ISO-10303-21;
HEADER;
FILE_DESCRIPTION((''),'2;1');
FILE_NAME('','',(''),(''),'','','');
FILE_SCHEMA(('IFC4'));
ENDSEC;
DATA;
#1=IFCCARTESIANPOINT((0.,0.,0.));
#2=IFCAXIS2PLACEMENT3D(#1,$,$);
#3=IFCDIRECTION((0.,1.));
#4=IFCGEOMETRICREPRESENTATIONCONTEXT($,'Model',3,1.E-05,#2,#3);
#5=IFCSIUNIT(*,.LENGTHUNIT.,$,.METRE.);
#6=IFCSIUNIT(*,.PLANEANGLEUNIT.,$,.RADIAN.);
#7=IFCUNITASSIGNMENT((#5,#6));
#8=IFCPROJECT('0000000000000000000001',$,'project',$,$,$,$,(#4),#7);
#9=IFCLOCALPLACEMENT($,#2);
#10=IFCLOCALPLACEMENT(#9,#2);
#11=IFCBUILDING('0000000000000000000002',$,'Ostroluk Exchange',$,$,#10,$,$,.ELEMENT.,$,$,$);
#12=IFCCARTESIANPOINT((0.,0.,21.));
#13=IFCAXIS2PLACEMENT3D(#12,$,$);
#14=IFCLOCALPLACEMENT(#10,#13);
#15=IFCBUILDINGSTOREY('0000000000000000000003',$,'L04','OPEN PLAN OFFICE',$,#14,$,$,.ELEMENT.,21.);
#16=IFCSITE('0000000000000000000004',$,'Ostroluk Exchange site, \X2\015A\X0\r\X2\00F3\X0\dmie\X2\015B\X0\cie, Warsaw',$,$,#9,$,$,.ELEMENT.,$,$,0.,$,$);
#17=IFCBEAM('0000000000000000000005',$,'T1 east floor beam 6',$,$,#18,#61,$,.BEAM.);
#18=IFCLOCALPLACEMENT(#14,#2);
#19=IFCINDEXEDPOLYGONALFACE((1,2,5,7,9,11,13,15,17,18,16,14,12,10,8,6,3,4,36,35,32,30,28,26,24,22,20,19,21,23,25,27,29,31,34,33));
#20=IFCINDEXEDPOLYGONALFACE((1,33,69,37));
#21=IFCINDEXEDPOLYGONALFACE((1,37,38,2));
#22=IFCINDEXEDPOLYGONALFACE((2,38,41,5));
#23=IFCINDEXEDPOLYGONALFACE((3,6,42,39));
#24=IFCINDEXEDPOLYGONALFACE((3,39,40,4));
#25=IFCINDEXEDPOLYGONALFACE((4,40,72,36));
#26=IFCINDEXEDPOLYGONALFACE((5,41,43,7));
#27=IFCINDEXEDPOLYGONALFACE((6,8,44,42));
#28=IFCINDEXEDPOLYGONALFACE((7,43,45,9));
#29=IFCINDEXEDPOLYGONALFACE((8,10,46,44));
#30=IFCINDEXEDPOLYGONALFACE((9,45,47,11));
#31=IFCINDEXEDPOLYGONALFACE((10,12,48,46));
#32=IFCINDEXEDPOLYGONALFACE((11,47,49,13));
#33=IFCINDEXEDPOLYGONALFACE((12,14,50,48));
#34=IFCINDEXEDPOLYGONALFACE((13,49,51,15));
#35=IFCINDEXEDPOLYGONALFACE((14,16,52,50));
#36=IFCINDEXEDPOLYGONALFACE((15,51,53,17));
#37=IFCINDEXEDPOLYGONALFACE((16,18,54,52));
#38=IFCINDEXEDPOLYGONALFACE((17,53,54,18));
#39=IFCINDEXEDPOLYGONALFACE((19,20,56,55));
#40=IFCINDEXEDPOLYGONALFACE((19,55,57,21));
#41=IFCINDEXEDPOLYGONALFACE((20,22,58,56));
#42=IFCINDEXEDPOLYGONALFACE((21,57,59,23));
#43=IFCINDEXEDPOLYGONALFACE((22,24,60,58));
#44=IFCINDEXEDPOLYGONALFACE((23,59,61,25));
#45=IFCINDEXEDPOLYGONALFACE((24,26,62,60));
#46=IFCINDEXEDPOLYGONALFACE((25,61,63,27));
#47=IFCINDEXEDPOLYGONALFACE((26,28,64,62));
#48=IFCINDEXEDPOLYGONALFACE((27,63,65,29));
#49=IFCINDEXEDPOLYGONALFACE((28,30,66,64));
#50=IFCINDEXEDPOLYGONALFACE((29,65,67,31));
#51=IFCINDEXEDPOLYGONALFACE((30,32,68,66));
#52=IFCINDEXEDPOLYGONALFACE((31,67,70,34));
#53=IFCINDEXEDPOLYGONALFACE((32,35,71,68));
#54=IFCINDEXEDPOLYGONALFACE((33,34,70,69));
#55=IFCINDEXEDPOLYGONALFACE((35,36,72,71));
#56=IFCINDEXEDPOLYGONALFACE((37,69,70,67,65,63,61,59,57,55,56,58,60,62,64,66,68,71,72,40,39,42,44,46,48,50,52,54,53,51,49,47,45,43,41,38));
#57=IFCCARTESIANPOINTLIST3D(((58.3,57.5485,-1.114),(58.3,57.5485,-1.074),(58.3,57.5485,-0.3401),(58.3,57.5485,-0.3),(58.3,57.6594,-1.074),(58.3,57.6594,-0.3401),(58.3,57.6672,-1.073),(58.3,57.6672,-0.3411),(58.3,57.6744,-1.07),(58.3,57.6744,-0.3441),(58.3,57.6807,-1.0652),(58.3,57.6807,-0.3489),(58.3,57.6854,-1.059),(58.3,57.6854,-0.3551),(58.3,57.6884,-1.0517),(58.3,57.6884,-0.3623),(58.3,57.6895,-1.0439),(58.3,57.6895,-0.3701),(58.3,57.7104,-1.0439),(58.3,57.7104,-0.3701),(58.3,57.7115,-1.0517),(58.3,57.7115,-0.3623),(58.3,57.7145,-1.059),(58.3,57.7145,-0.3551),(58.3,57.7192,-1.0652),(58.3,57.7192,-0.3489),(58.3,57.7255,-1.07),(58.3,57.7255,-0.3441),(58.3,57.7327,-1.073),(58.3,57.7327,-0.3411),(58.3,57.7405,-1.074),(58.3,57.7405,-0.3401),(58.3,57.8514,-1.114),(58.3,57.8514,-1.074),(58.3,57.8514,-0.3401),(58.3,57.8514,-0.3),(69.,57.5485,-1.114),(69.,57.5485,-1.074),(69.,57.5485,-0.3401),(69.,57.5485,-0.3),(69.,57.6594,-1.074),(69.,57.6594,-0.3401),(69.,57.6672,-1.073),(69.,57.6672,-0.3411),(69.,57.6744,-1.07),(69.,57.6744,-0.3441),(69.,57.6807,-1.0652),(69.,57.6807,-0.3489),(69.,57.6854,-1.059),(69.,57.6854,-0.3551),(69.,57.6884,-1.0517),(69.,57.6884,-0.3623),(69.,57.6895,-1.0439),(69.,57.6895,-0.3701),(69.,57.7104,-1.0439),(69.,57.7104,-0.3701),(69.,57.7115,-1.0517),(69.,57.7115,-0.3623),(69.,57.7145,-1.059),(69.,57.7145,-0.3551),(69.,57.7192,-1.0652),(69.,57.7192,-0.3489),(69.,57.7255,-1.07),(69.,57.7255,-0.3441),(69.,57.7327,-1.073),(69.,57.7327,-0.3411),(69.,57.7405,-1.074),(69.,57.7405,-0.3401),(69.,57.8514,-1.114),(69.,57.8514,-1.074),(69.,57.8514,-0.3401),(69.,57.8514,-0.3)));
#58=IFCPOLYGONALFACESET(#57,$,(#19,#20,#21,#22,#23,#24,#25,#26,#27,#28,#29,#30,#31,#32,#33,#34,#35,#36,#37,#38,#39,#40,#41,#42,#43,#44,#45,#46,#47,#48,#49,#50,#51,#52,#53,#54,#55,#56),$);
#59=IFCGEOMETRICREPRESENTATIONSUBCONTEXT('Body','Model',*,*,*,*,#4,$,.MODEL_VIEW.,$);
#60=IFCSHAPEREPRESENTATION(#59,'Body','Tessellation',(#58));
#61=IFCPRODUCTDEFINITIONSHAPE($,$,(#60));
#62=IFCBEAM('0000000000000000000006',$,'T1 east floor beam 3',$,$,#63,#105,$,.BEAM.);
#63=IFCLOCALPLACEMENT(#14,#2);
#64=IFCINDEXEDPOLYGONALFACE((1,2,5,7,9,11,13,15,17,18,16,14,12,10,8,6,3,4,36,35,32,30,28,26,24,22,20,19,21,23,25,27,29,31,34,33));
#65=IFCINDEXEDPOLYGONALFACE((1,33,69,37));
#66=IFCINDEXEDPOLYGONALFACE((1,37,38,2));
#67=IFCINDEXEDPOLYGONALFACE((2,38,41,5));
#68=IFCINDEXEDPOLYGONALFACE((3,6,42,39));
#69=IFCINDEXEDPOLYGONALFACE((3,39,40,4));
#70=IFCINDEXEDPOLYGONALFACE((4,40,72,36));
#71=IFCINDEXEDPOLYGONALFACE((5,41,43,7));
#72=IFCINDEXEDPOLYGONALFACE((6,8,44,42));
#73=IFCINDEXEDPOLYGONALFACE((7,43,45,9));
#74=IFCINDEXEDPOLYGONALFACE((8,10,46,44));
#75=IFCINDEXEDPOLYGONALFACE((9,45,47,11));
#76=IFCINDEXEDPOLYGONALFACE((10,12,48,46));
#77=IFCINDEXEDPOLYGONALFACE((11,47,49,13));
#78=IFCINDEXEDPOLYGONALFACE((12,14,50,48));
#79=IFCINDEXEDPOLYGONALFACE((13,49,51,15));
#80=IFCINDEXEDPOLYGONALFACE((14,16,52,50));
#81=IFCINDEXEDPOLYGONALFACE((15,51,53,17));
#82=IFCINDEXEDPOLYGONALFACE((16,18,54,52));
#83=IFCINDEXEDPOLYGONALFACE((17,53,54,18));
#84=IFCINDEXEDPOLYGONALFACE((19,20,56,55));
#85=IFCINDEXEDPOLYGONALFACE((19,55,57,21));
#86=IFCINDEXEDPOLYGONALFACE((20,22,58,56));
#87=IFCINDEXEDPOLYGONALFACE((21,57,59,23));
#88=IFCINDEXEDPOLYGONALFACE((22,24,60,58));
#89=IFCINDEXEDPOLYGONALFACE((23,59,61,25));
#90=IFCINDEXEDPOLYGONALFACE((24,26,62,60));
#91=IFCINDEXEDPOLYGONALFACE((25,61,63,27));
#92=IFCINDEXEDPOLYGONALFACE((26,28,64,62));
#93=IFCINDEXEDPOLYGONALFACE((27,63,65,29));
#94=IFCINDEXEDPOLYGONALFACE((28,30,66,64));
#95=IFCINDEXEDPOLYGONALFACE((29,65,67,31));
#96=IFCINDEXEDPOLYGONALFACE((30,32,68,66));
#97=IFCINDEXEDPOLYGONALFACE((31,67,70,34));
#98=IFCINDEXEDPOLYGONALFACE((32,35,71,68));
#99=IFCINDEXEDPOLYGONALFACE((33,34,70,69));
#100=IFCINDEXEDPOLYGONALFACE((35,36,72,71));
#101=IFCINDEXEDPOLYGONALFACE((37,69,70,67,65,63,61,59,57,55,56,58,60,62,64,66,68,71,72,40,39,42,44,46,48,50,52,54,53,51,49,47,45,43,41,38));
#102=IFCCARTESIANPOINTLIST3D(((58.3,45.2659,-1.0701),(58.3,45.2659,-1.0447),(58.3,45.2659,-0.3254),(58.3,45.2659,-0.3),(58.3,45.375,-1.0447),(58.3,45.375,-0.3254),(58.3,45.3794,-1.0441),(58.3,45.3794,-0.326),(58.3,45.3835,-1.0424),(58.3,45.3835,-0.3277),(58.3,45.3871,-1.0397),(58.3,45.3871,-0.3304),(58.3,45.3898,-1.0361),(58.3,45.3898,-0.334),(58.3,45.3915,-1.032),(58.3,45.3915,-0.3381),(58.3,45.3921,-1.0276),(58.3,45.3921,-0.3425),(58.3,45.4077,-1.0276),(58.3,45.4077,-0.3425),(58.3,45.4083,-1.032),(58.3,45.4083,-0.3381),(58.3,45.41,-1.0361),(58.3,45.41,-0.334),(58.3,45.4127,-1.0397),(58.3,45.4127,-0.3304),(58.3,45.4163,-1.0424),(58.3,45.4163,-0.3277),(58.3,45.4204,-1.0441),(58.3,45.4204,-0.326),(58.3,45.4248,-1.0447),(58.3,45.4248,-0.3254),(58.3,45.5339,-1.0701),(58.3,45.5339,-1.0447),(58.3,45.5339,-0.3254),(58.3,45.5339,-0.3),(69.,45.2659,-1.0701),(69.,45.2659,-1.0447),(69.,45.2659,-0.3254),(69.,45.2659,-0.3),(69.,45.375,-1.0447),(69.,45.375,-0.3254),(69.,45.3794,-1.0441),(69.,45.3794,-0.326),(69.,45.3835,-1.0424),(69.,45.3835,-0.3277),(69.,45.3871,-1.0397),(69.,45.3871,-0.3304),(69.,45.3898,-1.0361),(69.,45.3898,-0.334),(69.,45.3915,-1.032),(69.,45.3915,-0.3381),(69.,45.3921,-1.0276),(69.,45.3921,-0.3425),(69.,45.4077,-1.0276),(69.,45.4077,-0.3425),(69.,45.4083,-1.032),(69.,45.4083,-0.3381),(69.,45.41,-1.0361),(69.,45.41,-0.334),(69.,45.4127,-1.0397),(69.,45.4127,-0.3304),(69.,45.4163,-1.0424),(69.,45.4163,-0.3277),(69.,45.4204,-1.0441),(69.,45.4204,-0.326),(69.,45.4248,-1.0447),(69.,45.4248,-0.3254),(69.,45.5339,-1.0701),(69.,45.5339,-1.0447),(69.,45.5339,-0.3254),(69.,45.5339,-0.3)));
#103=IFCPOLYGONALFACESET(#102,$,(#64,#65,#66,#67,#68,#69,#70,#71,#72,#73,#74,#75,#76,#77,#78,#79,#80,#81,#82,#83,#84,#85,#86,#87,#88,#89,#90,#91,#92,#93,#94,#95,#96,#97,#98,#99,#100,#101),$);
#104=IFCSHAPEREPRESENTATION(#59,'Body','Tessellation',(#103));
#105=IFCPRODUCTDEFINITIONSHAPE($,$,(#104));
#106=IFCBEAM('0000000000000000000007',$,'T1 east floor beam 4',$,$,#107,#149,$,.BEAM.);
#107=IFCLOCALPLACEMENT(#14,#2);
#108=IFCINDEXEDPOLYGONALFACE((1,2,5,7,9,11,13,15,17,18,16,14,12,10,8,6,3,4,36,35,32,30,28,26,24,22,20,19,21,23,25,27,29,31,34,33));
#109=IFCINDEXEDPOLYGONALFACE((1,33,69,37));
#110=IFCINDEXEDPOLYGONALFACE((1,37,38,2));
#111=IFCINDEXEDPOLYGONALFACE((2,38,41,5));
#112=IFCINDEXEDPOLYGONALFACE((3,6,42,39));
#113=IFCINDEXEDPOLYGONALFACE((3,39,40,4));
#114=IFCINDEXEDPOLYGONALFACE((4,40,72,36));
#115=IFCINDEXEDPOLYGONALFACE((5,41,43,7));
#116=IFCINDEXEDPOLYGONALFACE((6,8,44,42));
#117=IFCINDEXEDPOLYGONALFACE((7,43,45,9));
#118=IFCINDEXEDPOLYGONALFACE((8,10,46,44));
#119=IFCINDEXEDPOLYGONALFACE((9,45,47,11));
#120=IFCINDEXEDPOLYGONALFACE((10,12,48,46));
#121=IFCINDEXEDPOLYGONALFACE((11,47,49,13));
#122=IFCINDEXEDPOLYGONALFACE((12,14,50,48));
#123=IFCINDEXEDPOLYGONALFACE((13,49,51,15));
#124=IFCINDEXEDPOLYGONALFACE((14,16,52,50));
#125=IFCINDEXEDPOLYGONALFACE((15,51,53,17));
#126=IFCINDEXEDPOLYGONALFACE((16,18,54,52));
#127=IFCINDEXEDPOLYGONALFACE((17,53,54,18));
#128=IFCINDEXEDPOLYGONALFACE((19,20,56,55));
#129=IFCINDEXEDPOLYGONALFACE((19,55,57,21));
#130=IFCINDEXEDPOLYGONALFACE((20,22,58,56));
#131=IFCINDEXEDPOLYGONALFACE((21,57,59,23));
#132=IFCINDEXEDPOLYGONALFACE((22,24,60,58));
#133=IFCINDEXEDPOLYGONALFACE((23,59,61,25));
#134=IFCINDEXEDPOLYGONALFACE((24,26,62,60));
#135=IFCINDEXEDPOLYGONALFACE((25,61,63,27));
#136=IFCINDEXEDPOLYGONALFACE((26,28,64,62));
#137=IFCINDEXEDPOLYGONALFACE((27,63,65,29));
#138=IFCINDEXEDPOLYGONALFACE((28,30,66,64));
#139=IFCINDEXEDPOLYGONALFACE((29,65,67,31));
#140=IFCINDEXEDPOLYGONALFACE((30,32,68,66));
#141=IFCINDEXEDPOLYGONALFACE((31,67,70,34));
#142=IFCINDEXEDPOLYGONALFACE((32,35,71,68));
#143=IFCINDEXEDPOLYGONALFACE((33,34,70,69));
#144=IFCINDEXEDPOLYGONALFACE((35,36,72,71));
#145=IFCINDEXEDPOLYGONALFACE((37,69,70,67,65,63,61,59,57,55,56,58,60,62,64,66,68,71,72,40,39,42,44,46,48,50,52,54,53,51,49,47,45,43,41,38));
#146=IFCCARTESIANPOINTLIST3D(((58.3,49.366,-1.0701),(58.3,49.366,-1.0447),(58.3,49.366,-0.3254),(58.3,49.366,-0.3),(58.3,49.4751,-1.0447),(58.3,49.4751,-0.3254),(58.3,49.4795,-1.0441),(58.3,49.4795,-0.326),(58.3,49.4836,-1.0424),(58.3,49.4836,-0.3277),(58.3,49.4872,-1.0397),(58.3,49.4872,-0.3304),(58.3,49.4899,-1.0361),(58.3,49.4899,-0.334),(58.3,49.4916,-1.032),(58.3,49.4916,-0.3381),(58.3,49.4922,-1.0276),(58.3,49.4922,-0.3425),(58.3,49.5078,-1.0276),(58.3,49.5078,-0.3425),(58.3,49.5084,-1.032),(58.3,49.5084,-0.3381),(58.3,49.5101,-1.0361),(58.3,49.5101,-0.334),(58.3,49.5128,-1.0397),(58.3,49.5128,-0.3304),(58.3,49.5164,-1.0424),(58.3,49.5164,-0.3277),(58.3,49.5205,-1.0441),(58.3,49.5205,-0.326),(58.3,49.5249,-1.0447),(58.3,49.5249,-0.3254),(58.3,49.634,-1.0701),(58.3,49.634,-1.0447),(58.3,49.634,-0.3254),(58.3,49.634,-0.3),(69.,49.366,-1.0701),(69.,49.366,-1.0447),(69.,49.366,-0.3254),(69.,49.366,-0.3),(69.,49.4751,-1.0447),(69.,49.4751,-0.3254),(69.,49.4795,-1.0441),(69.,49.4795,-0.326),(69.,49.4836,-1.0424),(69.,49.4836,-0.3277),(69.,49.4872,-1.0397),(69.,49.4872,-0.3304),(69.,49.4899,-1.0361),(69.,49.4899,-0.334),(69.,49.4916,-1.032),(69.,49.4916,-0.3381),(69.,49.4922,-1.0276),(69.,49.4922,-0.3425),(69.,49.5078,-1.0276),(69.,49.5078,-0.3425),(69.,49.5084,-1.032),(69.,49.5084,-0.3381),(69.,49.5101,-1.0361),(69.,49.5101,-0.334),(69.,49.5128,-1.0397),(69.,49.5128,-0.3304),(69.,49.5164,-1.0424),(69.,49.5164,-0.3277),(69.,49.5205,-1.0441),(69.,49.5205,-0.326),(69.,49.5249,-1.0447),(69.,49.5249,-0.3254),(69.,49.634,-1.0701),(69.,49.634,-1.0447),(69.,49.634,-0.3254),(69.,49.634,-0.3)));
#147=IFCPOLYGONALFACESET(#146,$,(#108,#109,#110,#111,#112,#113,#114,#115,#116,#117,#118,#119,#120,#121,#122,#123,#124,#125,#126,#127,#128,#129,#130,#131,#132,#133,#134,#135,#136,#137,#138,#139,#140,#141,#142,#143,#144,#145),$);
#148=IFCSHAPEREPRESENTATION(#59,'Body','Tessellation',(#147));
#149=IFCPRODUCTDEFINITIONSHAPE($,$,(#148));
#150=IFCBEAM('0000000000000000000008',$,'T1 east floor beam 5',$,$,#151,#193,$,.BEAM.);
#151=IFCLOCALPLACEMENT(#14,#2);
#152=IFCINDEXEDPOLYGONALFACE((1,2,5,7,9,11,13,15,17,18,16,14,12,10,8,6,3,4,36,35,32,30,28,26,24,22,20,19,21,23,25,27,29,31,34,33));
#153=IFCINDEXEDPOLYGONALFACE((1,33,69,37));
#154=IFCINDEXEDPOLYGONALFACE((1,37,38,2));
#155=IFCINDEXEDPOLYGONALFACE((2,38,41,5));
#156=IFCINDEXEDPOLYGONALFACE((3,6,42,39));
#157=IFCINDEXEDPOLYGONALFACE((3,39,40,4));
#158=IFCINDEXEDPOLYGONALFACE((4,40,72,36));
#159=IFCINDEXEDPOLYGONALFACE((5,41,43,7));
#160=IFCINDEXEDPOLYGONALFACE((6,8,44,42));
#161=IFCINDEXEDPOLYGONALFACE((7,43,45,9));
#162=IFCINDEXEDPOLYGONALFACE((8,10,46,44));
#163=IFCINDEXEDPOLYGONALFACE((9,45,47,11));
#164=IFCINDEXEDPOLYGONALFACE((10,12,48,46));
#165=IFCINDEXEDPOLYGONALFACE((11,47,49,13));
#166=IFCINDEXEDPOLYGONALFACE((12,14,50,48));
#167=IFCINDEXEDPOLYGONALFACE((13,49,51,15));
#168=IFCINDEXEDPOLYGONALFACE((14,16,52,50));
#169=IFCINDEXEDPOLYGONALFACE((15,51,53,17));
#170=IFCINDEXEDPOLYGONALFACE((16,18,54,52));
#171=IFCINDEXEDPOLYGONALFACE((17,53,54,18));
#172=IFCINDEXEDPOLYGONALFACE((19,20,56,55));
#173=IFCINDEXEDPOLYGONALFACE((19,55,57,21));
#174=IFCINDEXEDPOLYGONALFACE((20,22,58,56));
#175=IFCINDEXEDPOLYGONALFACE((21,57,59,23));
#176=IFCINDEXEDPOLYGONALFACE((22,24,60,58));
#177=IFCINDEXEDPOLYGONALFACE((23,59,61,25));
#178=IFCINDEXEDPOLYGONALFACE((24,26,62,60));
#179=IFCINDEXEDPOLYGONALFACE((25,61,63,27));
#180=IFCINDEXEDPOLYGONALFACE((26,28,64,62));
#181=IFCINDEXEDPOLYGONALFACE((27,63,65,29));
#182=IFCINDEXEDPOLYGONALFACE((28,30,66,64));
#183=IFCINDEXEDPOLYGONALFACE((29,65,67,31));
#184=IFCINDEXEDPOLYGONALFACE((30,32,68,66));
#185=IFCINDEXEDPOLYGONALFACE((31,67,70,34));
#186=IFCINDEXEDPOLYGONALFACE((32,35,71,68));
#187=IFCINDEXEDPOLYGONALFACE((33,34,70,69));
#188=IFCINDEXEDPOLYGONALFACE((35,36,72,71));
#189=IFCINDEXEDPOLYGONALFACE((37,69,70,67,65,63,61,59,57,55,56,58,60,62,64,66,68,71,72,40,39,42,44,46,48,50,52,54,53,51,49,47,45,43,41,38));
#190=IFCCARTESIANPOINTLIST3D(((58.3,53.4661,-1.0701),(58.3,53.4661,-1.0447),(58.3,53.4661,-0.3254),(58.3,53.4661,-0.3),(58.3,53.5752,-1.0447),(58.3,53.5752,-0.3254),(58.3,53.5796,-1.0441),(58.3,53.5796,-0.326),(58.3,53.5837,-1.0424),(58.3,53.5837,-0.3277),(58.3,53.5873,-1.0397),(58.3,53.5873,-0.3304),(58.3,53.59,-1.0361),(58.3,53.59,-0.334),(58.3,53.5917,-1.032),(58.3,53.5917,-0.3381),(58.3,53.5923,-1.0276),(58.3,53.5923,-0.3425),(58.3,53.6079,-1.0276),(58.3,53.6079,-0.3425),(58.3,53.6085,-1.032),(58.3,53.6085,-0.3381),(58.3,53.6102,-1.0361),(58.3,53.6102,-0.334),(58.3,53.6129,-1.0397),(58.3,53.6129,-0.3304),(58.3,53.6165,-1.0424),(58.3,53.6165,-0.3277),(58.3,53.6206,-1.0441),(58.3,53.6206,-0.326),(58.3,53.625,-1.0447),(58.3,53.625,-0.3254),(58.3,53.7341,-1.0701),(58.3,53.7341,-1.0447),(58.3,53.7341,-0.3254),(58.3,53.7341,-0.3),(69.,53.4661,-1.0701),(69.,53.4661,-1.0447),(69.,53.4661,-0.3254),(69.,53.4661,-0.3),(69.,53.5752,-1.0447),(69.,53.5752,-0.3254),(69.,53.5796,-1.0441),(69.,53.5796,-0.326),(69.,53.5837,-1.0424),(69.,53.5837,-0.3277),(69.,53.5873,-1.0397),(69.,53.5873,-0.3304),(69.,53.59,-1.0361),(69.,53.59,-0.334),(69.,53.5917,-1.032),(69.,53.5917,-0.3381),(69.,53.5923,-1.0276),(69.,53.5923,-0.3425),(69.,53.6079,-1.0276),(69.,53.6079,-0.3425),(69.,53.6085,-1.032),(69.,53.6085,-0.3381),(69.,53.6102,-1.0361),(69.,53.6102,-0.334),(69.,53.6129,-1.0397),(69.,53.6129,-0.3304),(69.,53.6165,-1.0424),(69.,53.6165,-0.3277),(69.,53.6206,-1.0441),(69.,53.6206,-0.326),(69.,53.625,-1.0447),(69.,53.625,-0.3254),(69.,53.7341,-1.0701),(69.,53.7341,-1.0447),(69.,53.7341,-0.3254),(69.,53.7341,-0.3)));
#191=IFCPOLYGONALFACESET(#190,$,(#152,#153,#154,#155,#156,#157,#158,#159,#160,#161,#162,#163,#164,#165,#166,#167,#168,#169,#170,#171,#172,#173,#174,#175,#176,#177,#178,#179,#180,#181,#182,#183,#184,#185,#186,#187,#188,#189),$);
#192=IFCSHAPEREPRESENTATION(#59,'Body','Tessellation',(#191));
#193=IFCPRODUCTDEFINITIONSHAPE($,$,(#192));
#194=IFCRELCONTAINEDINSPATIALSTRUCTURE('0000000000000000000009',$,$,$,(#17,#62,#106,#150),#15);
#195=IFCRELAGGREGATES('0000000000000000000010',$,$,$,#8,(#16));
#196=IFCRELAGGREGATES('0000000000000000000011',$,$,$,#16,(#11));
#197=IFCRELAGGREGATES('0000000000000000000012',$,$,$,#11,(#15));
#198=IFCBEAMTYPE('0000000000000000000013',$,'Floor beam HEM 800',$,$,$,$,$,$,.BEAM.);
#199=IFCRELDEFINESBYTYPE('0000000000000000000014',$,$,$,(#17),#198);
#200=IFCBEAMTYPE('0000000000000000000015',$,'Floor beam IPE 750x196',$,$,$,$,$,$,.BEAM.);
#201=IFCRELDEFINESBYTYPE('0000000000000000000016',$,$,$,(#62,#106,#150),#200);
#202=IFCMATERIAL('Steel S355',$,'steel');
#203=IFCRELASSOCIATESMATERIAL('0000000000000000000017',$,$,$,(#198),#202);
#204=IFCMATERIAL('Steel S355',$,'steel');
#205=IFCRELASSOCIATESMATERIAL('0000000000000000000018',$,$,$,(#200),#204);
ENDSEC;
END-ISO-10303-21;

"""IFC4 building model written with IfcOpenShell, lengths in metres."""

from ifc_helpers import new_model, si_unit, direction, frame, origin, origin_2d, place, context, subcontext, project, spatial, i_section, extrude, material, material_profile, profile_set, type_object, element, save


model = new_model("IFC4")

# Units and contexts
model_context = context("Model", 3, precision=1e-05, world=origin(), true_north=direction((0.0, 1.0)))
body_context = subcontext(model_context, "Body", "Model", "MODEL_VIEW")
ifc_project = project(units=[si_unit("LENGTHUNIT", "METRE"), si_unit("PLANEANGLEUNIT", "RADIAN")], contexts=[model_context])

# Site, building, storey
site_placement = place(None, origin())
site = spatial("IfcSite", under=ifc_project, at=site_placement, Name="Ostroluk Exchange site, Śródmieście, Warsaw", CompositionType="ELEMENT", RefElevation=0.0)
building_placement = place(site_placement, origin())
building = spatial("IfcBuilding", under=site, at=building_placement, Name="Ostroluk Exchange", CompositionType="ELEMENT")
storey_placement = place(building_placement, frame((0.0, 0.0, 21.0)))
storey = spatial("IfcBuildingStorey", under=building, at=storey_placement, Name="L04", Description="OPEN PLAN OFFICE", CompositionType="ELEMENT", Elevation=21.0)

# Beams
ifc_material_1 = material(Name="Steel S355", Category="steel")
ifc_material_profile_1 = material_profile(ifc_material_1, i_section(OverallWidth=0.303, OverallDepth=0.814, WebThickness=0.021, FlangeThickness=0.04, FilletRadius=0.03, at=origin_2d()), Name="HEM 800")
ifc_profile_set_1 = profile_set([ifc_material_profile_1], Name="Steel S355")
beam_type_1 = type_object("IfcBeamType", Name="Floor beam HEM 800", PredefinedType="BEAM", material=ifc_profile_set_1)
beam_1_placement = place(storey_placement, frame((58.3, 57.7, -0.707), z_axis=(1.0, 0.0, 0.0), x_axis=(0.0, 1.0, 0.0)))
element("IfcBeam", 1, at=beam_1_placement, inside=storey, type_object=beam_type_1, Name="T1 east floor beam 6", PredefinedType="BEAM", context=body_context, shape_type="SweptSolid", body=[
    extrude(i_section(OverallWidth=0.303, OverallDepth=0.814, WebThickness=0.021, FlangeThickness=0.04, FilletRadius=0.03, at=origin_2d()), origin(), (0.0, 0.0, 1.0), 10.7),
])
ifc_material_2 = material(Name="Steel S355", Category="steel")
ifc_material_profile_2 = material_profile(ifc_material_2, i_section(OverallWidth=0.2681, OverallDepth=0.77, WebThickness=0.0156, FlangeThickness=0.0254, FilletRadius=0.0171, at=origin_2d()), Name="IPE 750x196")
ifc_profile_set_2 = profile_set([ifc_material_profile_2], Name="Steel S355")
beam_type_2 = type_object("IfcBeamType", Name="Floor beam IPE 750x196", PredefinedType="BEAM", material=ifc_profile_set_2)
for number, where, z_axis, x_axis, name in (
    (2, (58.3, 45.3999, -0.6851), (1.0, 0.0, 0.0), (0.0, 1.0, 0.0), "T1 east floor beam 3"),
    (3, (58.3, 49.5, -0.6851), (1.0, 0.0, 0.0), (0.0, 1.0, 0.0), "T1 east floor beam 4"),
    (4, (58.3, 53.6001, -0.6851), (1.0, 0.0, 0.0), (0.0, 1.0, 0.0), "T1 east floor beam 5"),
):
    element("IfcBeam", number, at=place(storey_placement, frame(where, z_axis=z_axis, x_axis=x_axis)), inside=storey, type_object=beam_type_2, Name=name, PredefinedType="BEAM", context=body_context, shape_type="SweptSolid", body=[
        extrude(i_section(OverallWidth=0.2681, OverallDepth=0.77, WebThickness=0.0156, FlangeThickness=0.0254, FilletRadius=0.0171, at=origin_2d()), origin(), (0.0, 0.0, 1.0), 10.7),
    ])

save(model, "model.ifc")
